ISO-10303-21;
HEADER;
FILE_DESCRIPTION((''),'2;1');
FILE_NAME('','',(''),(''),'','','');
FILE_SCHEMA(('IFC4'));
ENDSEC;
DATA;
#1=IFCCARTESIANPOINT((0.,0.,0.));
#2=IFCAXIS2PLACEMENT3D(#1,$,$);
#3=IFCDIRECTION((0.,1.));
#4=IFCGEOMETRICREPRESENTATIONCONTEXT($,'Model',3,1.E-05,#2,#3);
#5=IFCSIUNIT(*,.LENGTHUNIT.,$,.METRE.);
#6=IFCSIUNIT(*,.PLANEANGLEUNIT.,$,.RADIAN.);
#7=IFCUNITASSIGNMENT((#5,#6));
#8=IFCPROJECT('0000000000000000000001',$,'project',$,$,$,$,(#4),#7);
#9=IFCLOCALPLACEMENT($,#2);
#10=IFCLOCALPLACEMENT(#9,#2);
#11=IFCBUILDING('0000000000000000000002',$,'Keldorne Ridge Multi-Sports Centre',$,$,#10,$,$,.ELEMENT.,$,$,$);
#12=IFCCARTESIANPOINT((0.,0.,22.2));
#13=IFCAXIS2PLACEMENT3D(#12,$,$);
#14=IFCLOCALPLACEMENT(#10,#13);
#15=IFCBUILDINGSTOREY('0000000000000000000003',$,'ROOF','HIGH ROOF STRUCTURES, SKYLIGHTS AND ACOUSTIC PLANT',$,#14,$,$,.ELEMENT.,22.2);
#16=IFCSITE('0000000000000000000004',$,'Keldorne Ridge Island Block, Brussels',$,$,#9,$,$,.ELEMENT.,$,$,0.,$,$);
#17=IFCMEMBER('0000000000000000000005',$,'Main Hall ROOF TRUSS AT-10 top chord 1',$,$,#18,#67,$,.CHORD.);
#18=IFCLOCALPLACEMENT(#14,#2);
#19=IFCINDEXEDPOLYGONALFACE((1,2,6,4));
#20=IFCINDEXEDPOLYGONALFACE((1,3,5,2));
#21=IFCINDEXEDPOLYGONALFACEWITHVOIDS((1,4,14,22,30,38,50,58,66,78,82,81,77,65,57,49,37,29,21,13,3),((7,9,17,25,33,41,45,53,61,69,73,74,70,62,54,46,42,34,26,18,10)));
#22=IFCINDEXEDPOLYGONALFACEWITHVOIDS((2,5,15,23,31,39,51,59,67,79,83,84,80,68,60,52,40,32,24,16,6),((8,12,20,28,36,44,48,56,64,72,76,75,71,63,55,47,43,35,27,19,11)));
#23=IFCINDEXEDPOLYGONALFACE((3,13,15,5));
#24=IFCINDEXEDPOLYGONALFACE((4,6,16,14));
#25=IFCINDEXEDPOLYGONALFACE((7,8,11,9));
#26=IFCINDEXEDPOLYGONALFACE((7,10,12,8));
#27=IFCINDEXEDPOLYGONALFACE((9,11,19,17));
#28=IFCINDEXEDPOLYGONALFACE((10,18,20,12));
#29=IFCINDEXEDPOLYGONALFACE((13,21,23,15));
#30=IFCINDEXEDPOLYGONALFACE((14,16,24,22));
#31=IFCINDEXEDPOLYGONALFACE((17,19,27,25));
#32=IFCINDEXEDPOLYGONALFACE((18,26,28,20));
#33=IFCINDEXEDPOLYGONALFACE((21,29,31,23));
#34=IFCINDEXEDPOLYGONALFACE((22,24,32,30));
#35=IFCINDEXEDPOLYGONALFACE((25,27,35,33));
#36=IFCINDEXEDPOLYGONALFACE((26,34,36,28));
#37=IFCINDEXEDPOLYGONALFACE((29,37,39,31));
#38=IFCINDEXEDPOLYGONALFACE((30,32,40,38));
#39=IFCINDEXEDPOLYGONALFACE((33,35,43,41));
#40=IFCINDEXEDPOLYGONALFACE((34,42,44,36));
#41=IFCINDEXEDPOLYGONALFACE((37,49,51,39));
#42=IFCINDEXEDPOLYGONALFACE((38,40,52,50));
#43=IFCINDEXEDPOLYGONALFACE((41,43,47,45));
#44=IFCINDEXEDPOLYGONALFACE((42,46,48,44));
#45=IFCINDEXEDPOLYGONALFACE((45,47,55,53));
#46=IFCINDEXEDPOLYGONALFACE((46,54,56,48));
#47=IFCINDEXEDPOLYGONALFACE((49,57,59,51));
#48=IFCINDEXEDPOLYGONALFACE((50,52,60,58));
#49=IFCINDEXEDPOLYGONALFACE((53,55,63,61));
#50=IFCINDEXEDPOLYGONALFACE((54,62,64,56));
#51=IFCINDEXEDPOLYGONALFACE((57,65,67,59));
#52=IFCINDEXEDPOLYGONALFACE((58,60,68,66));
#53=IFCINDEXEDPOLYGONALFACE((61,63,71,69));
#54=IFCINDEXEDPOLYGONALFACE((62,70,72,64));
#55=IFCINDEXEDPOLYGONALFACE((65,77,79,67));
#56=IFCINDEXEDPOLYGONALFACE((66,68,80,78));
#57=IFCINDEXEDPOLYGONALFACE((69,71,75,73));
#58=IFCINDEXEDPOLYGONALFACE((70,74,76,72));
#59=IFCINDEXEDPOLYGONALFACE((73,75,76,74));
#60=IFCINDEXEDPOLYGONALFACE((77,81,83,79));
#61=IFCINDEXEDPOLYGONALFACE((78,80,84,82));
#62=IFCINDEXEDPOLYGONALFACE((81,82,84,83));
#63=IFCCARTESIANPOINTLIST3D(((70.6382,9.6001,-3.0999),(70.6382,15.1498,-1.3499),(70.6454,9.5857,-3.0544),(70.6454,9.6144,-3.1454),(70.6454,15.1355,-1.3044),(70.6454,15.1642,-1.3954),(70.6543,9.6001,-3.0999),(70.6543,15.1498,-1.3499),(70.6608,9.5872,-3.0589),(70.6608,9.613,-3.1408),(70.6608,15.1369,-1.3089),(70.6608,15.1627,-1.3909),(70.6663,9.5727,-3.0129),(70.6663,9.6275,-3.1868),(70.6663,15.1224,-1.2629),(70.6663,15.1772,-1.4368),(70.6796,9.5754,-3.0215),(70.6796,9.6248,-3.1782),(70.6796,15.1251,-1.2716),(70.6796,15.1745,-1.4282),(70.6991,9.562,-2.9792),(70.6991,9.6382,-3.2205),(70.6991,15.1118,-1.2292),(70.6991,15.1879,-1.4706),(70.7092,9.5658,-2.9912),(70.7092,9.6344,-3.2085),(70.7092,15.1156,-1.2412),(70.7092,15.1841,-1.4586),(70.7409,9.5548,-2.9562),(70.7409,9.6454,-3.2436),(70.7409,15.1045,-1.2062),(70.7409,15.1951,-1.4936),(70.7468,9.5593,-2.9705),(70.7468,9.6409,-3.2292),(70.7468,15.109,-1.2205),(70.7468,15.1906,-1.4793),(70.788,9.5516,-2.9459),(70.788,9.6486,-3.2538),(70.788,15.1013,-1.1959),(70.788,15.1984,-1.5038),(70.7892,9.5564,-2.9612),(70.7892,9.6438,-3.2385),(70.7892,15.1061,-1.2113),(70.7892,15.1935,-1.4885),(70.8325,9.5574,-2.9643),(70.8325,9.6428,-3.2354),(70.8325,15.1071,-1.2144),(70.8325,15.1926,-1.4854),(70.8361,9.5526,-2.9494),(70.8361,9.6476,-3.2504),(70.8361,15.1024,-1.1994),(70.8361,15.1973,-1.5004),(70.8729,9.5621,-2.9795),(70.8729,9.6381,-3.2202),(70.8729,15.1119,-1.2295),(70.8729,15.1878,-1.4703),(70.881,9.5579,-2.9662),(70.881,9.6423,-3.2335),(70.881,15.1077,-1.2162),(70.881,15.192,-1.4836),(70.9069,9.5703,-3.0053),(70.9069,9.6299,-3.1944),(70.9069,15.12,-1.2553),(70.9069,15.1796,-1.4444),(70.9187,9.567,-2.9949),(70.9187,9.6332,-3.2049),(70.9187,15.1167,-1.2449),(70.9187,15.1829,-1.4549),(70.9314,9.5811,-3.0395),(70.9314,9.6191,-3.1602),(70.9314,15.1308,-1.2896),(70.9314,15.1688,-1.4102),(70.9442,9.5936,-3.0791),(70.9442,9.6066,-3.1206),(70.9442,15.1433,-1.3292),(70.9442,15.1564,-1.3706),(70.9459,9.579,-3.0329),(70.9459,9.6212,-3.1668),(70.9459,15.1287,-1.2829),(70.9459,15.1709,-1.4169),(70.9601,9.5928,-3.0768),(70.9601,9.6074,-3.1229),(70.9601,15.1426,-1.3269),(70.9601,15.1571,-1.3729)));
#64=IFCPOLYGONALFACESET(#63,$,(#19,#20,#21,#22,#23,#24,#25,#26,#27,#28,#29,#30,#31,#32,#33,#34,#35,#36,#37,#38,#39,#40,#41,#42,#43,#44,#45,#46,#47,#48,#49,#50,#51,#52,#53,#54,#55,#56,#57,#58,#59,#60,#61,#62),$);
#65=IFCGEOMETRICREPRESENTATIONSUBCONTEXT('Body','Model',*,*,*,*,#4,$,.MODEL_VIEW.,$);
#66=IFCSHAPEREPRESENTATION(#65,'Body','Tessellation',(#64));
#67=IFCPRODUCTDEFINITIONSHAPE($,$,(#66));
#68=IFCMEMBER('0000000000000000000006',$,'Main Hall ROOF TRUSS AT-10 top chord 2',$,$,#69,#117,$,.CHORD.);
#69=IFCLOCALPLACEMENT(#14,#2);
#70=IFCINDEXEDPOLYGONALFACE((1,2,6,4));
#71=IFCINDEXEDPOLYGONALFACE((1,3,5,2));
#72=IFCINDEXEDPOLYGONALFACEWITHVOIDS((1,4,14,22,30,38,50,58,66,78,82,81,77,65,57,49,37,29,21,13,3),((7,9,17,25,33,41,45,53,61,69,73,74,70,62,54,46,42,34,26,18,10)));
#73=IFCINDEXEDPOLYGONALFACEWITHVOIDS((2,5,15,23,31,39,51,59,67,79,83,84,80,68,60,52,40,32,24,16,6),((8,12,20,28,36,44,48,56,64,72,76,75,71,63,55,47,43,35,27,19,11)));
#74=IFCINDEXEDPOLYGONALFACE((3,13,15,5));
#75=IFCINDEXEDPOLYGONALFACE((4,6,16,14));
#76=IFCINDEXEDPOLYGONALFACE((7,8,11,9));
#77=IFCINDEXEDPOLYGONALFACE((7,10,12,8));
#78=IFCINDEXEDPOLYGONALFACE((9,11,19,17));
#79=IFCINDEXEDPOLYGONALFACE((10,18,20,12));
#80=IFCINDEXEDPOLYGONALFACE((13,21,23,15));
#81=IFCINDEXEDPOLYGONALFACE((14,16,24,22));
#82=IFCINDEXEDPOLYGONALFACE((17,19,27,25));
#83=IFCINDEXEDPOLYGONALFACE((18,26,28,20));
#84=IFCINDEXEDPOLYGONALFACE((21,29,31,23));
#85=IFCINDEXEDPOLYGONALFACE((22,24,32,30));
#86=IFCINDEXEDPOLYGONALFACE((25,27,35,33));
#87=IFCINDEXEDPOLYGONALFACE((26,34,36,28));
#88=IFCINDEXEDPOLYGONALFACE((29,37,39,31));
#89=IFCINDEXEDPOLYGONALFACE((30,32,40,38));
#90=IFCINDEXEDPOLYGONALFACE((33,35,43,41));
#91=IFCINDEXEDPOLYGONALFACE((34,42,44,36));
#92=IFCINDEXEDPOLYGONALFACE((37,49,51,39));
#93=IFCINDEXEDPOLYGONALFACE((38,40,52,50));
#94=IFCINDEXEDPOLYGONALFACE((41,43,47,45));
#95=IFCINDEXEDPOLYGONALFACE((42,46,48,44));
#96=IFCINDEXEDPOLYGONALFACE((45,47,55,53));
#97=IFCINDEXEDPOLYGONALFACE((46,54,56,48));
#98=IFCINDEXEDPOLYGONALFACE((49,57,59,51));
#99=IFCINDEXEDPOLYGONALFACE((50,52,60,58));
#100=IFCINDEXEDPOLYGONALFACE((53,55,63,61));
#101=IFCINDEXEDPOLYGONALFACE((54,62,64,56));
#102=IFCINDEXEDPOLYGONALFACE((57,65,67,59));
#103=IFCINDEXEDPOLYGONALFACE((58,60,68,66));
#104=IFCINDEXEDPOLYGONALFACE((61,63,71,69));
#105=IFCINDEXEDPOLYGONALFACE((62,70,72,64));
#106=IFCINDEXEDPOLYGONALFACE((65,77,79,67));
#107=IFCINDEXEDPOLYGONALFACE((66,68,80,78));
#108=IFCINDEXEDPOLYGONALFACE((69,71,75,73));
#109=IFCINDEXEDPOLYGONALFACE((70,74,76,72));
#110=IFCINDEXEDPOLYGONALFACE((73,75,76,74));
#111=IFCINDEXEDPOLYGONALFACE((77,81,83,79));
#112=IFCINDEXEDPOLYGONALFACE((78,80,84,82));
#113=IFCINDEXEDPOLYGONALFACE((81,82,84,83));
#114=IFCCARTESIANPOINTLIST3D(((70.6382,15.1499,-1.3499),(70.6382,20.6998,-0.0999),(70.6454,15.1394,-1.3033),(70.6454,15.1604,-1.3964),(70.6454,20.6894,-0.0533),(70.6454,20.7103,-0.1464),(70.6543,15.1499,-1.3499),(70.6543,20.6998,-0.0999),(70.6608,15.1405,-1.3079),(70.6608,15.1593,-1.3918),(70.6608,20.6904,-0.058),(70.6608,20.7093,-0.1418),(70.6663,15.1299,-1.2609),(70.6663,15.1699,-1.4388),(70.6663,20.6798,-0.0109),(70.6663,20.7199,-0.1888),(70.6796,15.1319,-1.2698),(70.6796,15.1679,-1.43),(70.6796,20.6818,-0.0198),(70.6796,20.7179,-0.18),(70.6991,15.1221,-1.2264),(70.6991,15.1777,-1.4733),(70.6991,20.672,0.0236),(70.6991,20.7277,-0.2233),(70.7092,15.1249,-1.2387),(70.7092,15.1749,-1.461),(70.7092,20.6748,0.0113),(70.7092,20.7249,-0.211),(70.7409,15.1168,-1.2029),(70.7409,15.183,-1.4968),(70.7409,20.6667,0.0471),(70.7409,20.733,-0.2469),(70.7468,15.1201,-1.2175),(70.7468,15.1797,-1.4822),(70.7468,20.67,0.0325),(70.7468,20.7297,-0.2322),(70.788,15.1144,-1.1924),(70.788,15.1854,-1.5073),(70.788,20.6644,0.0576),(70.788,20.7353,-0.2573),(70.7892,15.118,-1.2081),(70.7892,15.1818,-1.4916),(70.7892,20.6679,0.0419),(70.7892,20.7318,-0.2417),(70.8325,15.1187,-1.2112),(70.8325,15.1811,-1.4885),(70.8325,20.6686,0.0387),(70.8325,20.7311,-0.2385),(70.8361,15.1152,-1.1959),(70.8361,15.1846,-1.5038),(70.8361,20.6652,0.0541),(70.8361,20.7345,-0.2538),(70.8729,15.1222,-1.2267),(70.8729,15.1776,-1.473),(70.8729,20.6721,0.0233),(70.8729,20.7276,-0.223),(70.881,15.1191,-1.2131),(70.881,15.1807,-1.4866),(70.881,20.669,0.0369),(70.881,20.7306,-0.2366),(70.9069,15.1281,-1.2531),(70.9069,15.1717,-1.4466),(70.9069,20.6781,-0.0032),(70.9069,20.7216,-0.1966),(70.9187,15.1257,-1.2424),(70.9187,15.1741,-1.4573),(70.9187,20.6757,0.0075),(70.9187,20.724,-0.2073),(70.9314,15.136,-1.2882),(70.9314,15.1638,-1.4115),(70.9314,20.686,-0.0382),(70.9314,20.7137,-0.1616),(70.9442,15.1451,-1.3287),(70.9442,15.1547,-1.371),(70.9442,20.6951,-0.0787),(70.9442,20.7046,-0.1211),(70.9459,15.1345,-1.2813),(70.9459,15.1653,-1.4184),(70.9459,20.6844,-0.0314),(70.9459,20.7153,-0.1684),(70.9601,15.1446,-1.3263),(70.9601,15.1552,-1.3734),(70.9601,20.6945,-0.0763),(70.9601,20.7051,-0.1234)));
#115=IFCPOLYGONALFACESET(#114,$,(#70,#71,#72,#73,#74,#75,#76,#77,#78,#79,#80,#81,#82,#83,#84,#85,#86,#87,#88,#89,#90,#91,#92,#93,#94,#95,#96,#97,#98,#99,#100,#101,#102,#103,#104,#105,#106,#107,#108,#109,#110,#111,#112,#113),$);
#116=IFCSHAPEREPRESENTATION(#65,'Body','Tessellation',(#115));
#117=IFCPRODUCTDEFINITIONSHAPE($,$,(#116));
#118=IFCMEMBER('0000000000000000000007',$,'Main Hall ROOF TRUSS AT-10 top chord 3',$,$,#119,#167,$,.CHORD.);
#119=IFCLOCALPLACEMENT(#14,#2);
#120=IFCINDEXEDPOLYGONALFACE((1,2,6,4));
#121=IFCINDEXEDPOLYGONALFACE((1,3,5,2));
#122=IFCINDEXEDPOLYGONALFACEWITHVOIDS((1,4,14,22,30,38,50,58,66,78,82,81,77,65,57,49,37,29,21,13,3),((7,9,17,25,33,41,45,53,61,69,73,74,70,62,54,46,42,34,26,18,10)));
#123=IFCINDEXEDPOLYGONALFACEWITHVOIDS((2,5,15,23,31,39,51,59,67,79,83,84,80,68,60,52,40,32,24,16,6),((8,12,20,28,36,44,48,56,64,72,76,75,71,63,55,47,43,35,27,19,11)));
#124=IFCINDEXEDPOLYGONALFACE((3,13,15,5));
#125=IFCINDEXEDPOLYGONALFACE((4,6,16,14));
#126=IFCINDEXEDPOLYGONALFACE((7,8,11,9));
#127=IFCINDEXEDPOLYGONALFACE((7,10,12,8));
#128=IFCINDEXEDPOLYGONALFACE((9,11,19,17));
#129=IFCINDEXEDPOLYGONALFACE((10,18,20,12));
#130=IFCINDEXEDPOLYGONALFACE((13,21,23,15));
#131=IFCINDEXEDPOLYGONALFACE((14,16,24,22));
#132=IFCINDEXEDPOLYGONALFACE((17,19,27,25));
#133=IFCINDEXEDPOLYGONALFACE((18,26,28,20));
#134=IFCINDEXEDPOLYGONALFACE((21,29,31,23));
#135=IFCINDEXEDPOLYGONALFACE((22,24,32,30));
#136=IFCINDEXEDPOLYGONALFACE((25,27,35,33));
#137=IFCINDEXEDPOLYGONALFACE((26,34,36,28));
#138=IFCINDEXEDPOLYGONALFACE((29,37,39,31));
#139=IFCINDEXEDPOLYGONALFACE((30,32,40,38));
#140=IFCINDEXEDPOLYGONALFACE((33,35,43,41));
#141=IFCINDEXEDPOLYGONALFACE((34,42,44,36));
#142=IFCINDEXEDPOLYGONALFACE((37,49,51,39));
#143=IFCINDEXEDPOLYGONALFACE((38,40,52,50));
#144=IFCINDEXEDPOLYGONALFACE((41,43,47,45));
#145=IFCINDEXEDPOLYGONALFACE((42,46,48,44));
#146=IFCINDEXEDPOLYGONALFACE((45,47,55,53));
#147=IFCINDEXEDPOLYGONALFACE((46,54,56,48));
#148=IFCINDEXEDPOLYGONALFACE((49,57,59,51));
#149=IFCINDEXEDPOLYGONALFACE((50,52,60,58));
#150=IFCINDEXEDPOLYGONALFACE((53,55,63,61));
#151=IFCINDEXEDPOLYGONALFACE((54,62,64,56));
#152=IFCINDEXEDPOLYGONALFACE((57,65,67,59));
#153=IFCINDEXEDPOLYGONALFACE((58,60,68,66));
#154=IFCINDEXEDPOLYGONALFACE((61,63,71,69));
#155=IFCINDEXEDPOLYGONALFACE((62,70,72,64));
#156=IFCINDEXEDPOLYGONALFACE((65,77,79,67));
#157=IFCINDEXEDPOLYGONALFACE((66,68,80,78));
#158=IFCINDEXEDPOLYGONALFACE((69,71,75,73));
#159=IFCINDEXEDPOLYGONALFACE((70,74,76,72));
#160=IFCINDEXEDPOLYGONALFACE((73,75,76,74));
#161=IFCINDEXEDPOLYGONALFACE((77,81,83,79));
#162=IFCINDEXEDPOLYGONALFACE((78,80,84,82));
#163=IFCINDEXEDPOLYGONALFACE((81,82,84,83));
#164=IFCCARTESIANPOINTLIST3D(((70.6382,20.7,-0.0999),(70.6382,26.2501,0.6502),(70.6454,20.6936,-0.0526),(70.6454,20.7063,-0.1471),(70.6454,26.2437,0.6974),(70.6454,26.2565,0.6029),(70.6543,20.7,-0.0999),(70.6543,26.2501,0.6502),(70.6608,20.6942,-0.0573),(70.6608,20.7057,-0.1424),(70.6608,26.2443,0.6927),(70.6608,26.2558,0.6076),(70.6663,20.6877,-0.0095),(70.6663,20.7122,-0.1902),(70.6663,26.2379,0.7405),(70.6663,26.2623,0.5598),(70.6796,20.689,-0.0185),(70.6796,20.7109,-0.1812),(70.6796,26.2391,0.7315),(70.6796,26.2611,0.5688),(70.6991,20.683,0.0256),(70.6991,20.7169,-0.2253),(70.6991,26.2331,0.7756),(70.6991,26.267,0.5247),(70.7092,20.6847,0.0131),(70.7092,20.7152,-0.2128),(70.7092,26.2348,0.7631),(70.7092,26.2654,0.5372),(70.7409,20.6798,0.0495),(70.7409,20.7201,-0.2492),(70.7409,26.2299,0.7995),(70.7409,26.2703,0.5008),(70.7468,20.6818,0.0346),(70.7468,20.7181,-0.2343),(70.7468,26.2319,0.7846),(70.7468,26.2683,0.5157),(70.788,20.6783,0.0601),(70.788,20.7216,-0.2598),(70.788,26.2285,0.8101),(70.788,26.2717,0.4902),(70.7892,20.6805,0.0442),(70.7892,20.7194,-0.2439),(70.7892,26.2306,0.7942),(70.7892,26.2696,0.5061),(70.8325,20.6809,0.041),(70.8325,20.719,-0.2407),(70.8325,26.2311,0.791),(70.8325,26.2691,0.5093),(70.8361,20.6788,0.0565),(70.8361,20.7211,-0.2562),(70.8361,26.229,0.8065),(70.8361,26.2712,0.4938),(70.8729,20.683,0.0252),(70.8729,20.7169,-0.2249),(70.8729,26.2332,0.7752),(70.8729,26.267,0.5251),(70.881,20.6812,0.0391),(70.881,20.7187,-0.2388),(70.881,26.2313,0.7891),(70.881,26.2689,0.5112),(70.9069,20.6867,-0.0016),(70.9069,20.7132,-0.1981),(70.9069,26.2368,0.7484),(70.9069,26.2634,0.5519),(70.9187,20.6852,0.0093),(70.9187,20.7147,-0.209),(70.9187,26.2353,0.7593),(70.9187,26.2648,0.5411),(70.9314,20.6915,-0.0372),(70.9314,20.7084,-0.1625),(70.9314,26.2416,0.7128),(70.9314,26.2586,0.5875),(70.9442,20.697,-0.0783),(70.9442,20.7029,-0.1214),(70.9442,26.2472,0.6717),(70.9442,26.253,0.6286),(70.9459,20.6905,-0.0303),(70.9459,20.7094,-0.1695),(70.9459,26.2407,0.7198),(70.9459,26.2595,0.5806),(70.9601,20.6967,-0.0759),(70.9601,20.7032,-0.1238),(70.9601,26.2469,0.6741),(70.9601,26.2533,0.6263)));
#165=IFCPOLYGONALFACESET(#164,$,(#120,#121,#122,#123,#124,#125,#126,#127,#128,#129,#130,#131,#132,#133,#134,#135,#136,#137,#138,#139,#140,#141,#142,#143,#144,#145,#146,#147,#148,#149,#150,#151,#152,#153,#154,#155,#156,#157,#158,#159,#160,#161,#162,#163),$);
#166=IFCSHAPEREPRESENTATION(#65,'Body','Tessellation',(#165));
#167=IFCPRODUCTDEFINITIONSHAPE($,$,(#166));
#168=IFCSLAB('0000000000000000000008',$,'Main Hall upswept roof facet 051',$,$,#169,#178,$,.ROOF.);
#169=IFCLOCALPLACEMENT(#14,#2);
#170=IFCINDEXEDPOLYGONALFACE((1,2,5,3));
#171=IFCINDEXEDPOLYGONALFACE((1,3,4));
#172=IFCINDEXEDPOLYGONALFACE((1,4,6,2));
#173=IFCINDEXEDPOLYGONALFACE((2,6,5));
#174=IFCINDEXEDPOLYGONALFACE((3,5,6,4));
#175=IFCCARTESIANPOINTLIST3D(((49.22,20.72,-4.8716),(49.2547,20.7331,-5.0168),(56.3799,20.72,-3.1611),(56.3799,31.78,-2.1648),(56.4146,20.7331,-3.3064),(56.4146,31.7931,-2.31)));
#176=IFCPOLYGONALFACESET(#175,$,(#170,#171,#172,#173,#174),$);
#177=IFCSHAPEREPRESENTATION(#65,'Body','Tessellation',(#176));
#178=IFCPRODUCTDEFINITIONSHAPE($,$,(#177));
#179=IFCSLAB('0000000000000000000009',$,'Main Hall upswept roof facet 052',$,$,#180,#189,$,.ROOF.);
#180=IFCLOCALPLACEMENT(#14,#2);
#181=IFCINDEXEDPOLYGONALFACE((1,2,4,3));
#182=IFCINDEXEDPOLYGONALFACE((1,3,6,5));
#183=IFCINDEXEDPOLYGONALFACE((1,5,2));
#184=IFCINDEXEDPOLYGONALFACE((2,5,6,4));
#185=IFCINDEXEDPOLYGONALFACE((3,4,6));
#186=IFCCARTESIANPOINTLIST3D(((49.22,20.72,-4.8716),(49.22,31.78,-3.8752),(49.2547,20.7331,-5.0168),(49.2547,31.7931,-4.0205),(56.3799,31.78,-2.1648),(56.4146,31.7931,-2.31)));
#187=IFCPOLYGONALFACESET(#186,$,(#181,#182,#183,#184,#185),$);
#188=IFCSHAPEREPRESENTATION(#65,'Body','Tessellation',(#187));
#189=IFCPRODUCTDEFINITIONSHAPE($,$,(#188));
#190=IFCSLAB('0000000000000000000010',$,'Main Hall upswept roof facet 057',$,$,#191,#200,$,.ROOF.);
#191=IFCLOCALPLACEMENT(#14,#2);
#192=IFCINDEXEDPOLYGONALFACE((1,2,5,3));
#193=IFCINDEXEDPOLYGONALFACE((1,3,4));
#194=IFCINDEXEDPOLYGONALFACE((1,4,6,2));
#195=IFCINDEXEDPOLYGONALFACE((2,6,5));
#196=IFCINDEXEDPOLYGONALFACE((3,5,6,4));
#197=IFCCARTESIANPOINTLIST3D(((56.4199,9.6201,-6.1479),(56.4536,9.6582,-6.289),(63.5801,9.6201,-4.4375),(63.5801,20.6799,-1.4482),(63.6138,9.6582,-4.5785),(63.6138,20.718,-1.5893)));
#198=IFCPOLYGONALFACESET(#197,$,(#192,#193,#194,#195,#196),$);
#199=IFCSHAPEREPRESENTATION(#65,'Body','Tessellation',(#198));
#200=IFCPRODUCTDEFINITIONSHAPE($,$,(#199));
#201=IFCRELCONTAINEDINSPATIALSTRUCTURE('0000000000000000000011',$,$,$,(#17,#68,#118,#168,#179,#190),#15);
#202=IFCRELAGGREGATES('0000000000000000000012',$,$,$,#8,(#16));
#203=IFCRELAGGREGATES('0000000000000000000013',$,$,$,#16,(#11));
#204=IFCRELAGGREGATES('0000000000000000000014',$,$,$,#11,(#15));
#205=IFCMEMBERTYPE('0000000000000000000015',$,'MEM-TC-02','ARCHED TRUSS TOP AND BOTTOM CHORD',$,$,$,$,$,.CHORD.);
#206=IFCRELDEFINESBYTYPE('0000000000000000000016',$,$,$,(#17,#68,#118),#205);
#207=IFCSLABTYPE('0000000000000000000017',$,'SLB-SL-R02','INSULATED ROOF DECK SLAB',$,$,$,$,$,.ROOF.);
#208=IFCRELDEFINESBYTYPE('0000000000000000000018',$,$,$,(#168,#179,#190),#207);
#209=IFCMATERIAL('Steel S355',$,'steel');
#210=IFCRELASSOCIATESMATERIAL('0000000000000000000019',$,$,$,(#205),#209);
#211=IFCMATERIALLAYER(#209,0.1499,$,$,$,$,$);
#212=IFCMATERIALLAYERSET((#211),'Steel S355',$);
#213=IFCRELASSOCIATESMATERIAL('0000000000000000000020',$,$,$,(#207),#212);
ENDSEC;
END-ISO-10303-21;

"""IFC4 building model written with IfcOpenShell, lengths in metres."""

from ifc_helpers import new_model, si_unit, direction, frame, origin, origin_2d, place, context, subcontext, project, spatial, polyline, hollow_circle, outline, extrude, material, layer, layer_set, material_profile, profile_set, type_object, element, save


model = new_model("IFC4")

# Units and contexts
model_context = context("Model", 3, precision=1e-05, world=origin(), true_north=direction((0.0, 1.0)))
body_context = subcontext(model_context, "Body", "Model", "MODEL_VIEW")
ifc_project = project(units=[si_unit("LENGTHUNIT", "METRE"), si_unit("PLANEANGLEUNIT", "RADIAN")], contexts=[model_context])

# Site, building, storey
site_placement = place(None, origin())
site = spatial("IfcSite", under=ifc_project, at=site_placement, Name="Keldorne Ridge Island Block, Brussels", CompositionType="ELEMENT", RefElevation=0.0)
building_placement = place(site_placement, origin())
building = spatial("IfcBuilding", under=site, at=building_placement, Name="Keldorne Ridge Multi-Sports Centre", CompositionType="ELEMENT")
storey_placement = place(building_placement, frame((0.0, 0.0, 22.2)))
storey = spatial("IfcBuildingStorey", under=building, at=storey_placement, Name="ROOF", Description="HIGH ROOF STRUCTURES, SKYLIGHTS AND ACOUSTIC PLANT", CompositionType="ELEMENT", Elevation=22.2)

# Members
ifc_material = material(Name="Steel S355", Category="steel")
ifc_material_profile_1 = material_profile(ifc_material, hollow_circle(Radius=0.1619, WallThickness=0.0161, at=origin_2d()), Name="CHS 323.9x16")
ifc_profile_set_1 = profile_set([ifc_material_profile_1], Name="Steel S355")
member_type_1 = type_object("IfcMemberType", Name="MEM-TC-02", Description="ARCHED TRUSS TOP AND BOTTOM CHORD", PredefinedType="CHORD", material=ifc_profile_set_1)
member_1_placement = place(storey_placement, frame((70.8, 9.6001, -3.0999), z_axis=(0.0, 0.953709, 0.30073), x_axis=(-1.0, 0.0, 0.0)))
element("IfcMember", 1, at=member_1_placement, inside=storey, type_object=member_type_1, Name="Main Hall ROOF TRUSS AT-10 top chord 1", PredefinedType="CHORD", context=body_context, shape_type="SweptSolid", body=[
    extrude(hollow_circle(Radius=0.1619, WallThickness=0.0161, at=origin_2d()), origin(), (0.0, 0.0, 1.0), 5.8191),
])
member_2_placement = place(storey_placement, frame((70.8, 15.1499, -1.3499), z_axis=(0.0, 0.975563, 0.219719), x_axis=(-1.0, 0.0, 0.0)))
element("IfcMember", 2, at=member_2_placement, inside=storey, type_object=member_type_1, Name="Main Hall ROOF TRUSS AT-10 top chord 2", PredefinedType="CHORD", context=body_context, shape_type="SweptSolid", body=[
    extrude(hollow_circle(Radius=0.1619, WallThickness=0.0161, at=origin_2d()), origin(), (0.0, 0.0, 1.0), 5.689),
])
member_3_placement = place(storey_placement, frame((70.8, 20.7, -0.0999), z_axis=(0.0, 0.990993, 0.133917), x_axis=(-1.0, 0.0, 0.0)))
element("IfcMember", 3, at=member_3_placement, inside=storey, type_object=member_type_1, Name="Main Hall ROOF TRUSS AT-10 top chord 3", PredefinedType="CHORD", context=body_context, shape_type="SweptSolid", body=[
    extrude(hollow_circle(Radius=0.1619, WallThickness=0.0161, at=origin_2d()), origin(), (0.0, 0.0, 1.0), 5.6006),
])

# Slabs
ifc_layer_1 = layer(ifc_material, 0.1499)
ifc_layer_set_1 = layer_set([ifc_layer_1], Name="Steel S355")
slab_type_1 = type_object("IfcSlabType", Name="SLB-SL-R02", Description="INSULATED ROOF DECK SLAB", PredefinedType="ROOF", material=ifc_layer_set_1)
slab_1_placement = place(storey_placement, frame((49.22, 20.72, -4.8716), z_axis=(-0.231467, -0.087284, 0.968919), x_axis=(0.972631, 0.0, 0.232354)))
element("IfcSlab", 4, at=slab_1_placement, inside=storey, type_object=slab_type_1, Name="Main Hall upswept roof facet 051", PredefinedType="ROOF", context=body_context, shape_type="SweptSolid", body=[
    extrude(outline(polyline([(0.0, 0.0), (7.3614, 0.0), (7.5929, 11.1024), (0.0, 0.0)])), origin(), (0.0, 0.0, -1.0), 0.1499),
])
slab_2_placement = place(storey_placement, frame((49.22, 20.72, -4.8716), z_axis=(-0.231467, -0.087284, 0.968919), x_axis=(0.532316, 0.822279, 0.201241)))
element("IfcSlab", 5, at=slab_2_placement, inside=storey, type_object=slab_type_1, Name="Main Hall upswept roof facet 052", PredefinedType="ROOF", context=body_context, shape_type="SweptSolid", body=[
    extrude(outline(polyline([(0.0, 0.0), (13.4505, 0.0), (9.295, 6.0763), (0.0, 0.0)])), origin(), (0.0, 0.0, -1.0), 0.1499),
])
slab_3_placement = place(storey_placement, frame((56.4199, 9.6201, -6.1479), z_axis=(-0.224712, -0.254246, 0.940672), x_axis=(0.972633, 0.0, 0.232347)))
element("IfcSlab", 6, at=slab_3_placement, inside=storey, type_object=slab_type_1, Name="Main Hall upswept roof facet 057", PredefinedType="ROOF", context=body_context, shape_type="SweptSolid", body=[
    extrude(outline(polyline([(0.0, 0.0), (7.3616, 0.0), (8.0562, 11.4356), (0.0, 0.0)])), origin(), (0.0, 0.0, -1.0), 0.1499),
])

save(model, "model.ifc")
